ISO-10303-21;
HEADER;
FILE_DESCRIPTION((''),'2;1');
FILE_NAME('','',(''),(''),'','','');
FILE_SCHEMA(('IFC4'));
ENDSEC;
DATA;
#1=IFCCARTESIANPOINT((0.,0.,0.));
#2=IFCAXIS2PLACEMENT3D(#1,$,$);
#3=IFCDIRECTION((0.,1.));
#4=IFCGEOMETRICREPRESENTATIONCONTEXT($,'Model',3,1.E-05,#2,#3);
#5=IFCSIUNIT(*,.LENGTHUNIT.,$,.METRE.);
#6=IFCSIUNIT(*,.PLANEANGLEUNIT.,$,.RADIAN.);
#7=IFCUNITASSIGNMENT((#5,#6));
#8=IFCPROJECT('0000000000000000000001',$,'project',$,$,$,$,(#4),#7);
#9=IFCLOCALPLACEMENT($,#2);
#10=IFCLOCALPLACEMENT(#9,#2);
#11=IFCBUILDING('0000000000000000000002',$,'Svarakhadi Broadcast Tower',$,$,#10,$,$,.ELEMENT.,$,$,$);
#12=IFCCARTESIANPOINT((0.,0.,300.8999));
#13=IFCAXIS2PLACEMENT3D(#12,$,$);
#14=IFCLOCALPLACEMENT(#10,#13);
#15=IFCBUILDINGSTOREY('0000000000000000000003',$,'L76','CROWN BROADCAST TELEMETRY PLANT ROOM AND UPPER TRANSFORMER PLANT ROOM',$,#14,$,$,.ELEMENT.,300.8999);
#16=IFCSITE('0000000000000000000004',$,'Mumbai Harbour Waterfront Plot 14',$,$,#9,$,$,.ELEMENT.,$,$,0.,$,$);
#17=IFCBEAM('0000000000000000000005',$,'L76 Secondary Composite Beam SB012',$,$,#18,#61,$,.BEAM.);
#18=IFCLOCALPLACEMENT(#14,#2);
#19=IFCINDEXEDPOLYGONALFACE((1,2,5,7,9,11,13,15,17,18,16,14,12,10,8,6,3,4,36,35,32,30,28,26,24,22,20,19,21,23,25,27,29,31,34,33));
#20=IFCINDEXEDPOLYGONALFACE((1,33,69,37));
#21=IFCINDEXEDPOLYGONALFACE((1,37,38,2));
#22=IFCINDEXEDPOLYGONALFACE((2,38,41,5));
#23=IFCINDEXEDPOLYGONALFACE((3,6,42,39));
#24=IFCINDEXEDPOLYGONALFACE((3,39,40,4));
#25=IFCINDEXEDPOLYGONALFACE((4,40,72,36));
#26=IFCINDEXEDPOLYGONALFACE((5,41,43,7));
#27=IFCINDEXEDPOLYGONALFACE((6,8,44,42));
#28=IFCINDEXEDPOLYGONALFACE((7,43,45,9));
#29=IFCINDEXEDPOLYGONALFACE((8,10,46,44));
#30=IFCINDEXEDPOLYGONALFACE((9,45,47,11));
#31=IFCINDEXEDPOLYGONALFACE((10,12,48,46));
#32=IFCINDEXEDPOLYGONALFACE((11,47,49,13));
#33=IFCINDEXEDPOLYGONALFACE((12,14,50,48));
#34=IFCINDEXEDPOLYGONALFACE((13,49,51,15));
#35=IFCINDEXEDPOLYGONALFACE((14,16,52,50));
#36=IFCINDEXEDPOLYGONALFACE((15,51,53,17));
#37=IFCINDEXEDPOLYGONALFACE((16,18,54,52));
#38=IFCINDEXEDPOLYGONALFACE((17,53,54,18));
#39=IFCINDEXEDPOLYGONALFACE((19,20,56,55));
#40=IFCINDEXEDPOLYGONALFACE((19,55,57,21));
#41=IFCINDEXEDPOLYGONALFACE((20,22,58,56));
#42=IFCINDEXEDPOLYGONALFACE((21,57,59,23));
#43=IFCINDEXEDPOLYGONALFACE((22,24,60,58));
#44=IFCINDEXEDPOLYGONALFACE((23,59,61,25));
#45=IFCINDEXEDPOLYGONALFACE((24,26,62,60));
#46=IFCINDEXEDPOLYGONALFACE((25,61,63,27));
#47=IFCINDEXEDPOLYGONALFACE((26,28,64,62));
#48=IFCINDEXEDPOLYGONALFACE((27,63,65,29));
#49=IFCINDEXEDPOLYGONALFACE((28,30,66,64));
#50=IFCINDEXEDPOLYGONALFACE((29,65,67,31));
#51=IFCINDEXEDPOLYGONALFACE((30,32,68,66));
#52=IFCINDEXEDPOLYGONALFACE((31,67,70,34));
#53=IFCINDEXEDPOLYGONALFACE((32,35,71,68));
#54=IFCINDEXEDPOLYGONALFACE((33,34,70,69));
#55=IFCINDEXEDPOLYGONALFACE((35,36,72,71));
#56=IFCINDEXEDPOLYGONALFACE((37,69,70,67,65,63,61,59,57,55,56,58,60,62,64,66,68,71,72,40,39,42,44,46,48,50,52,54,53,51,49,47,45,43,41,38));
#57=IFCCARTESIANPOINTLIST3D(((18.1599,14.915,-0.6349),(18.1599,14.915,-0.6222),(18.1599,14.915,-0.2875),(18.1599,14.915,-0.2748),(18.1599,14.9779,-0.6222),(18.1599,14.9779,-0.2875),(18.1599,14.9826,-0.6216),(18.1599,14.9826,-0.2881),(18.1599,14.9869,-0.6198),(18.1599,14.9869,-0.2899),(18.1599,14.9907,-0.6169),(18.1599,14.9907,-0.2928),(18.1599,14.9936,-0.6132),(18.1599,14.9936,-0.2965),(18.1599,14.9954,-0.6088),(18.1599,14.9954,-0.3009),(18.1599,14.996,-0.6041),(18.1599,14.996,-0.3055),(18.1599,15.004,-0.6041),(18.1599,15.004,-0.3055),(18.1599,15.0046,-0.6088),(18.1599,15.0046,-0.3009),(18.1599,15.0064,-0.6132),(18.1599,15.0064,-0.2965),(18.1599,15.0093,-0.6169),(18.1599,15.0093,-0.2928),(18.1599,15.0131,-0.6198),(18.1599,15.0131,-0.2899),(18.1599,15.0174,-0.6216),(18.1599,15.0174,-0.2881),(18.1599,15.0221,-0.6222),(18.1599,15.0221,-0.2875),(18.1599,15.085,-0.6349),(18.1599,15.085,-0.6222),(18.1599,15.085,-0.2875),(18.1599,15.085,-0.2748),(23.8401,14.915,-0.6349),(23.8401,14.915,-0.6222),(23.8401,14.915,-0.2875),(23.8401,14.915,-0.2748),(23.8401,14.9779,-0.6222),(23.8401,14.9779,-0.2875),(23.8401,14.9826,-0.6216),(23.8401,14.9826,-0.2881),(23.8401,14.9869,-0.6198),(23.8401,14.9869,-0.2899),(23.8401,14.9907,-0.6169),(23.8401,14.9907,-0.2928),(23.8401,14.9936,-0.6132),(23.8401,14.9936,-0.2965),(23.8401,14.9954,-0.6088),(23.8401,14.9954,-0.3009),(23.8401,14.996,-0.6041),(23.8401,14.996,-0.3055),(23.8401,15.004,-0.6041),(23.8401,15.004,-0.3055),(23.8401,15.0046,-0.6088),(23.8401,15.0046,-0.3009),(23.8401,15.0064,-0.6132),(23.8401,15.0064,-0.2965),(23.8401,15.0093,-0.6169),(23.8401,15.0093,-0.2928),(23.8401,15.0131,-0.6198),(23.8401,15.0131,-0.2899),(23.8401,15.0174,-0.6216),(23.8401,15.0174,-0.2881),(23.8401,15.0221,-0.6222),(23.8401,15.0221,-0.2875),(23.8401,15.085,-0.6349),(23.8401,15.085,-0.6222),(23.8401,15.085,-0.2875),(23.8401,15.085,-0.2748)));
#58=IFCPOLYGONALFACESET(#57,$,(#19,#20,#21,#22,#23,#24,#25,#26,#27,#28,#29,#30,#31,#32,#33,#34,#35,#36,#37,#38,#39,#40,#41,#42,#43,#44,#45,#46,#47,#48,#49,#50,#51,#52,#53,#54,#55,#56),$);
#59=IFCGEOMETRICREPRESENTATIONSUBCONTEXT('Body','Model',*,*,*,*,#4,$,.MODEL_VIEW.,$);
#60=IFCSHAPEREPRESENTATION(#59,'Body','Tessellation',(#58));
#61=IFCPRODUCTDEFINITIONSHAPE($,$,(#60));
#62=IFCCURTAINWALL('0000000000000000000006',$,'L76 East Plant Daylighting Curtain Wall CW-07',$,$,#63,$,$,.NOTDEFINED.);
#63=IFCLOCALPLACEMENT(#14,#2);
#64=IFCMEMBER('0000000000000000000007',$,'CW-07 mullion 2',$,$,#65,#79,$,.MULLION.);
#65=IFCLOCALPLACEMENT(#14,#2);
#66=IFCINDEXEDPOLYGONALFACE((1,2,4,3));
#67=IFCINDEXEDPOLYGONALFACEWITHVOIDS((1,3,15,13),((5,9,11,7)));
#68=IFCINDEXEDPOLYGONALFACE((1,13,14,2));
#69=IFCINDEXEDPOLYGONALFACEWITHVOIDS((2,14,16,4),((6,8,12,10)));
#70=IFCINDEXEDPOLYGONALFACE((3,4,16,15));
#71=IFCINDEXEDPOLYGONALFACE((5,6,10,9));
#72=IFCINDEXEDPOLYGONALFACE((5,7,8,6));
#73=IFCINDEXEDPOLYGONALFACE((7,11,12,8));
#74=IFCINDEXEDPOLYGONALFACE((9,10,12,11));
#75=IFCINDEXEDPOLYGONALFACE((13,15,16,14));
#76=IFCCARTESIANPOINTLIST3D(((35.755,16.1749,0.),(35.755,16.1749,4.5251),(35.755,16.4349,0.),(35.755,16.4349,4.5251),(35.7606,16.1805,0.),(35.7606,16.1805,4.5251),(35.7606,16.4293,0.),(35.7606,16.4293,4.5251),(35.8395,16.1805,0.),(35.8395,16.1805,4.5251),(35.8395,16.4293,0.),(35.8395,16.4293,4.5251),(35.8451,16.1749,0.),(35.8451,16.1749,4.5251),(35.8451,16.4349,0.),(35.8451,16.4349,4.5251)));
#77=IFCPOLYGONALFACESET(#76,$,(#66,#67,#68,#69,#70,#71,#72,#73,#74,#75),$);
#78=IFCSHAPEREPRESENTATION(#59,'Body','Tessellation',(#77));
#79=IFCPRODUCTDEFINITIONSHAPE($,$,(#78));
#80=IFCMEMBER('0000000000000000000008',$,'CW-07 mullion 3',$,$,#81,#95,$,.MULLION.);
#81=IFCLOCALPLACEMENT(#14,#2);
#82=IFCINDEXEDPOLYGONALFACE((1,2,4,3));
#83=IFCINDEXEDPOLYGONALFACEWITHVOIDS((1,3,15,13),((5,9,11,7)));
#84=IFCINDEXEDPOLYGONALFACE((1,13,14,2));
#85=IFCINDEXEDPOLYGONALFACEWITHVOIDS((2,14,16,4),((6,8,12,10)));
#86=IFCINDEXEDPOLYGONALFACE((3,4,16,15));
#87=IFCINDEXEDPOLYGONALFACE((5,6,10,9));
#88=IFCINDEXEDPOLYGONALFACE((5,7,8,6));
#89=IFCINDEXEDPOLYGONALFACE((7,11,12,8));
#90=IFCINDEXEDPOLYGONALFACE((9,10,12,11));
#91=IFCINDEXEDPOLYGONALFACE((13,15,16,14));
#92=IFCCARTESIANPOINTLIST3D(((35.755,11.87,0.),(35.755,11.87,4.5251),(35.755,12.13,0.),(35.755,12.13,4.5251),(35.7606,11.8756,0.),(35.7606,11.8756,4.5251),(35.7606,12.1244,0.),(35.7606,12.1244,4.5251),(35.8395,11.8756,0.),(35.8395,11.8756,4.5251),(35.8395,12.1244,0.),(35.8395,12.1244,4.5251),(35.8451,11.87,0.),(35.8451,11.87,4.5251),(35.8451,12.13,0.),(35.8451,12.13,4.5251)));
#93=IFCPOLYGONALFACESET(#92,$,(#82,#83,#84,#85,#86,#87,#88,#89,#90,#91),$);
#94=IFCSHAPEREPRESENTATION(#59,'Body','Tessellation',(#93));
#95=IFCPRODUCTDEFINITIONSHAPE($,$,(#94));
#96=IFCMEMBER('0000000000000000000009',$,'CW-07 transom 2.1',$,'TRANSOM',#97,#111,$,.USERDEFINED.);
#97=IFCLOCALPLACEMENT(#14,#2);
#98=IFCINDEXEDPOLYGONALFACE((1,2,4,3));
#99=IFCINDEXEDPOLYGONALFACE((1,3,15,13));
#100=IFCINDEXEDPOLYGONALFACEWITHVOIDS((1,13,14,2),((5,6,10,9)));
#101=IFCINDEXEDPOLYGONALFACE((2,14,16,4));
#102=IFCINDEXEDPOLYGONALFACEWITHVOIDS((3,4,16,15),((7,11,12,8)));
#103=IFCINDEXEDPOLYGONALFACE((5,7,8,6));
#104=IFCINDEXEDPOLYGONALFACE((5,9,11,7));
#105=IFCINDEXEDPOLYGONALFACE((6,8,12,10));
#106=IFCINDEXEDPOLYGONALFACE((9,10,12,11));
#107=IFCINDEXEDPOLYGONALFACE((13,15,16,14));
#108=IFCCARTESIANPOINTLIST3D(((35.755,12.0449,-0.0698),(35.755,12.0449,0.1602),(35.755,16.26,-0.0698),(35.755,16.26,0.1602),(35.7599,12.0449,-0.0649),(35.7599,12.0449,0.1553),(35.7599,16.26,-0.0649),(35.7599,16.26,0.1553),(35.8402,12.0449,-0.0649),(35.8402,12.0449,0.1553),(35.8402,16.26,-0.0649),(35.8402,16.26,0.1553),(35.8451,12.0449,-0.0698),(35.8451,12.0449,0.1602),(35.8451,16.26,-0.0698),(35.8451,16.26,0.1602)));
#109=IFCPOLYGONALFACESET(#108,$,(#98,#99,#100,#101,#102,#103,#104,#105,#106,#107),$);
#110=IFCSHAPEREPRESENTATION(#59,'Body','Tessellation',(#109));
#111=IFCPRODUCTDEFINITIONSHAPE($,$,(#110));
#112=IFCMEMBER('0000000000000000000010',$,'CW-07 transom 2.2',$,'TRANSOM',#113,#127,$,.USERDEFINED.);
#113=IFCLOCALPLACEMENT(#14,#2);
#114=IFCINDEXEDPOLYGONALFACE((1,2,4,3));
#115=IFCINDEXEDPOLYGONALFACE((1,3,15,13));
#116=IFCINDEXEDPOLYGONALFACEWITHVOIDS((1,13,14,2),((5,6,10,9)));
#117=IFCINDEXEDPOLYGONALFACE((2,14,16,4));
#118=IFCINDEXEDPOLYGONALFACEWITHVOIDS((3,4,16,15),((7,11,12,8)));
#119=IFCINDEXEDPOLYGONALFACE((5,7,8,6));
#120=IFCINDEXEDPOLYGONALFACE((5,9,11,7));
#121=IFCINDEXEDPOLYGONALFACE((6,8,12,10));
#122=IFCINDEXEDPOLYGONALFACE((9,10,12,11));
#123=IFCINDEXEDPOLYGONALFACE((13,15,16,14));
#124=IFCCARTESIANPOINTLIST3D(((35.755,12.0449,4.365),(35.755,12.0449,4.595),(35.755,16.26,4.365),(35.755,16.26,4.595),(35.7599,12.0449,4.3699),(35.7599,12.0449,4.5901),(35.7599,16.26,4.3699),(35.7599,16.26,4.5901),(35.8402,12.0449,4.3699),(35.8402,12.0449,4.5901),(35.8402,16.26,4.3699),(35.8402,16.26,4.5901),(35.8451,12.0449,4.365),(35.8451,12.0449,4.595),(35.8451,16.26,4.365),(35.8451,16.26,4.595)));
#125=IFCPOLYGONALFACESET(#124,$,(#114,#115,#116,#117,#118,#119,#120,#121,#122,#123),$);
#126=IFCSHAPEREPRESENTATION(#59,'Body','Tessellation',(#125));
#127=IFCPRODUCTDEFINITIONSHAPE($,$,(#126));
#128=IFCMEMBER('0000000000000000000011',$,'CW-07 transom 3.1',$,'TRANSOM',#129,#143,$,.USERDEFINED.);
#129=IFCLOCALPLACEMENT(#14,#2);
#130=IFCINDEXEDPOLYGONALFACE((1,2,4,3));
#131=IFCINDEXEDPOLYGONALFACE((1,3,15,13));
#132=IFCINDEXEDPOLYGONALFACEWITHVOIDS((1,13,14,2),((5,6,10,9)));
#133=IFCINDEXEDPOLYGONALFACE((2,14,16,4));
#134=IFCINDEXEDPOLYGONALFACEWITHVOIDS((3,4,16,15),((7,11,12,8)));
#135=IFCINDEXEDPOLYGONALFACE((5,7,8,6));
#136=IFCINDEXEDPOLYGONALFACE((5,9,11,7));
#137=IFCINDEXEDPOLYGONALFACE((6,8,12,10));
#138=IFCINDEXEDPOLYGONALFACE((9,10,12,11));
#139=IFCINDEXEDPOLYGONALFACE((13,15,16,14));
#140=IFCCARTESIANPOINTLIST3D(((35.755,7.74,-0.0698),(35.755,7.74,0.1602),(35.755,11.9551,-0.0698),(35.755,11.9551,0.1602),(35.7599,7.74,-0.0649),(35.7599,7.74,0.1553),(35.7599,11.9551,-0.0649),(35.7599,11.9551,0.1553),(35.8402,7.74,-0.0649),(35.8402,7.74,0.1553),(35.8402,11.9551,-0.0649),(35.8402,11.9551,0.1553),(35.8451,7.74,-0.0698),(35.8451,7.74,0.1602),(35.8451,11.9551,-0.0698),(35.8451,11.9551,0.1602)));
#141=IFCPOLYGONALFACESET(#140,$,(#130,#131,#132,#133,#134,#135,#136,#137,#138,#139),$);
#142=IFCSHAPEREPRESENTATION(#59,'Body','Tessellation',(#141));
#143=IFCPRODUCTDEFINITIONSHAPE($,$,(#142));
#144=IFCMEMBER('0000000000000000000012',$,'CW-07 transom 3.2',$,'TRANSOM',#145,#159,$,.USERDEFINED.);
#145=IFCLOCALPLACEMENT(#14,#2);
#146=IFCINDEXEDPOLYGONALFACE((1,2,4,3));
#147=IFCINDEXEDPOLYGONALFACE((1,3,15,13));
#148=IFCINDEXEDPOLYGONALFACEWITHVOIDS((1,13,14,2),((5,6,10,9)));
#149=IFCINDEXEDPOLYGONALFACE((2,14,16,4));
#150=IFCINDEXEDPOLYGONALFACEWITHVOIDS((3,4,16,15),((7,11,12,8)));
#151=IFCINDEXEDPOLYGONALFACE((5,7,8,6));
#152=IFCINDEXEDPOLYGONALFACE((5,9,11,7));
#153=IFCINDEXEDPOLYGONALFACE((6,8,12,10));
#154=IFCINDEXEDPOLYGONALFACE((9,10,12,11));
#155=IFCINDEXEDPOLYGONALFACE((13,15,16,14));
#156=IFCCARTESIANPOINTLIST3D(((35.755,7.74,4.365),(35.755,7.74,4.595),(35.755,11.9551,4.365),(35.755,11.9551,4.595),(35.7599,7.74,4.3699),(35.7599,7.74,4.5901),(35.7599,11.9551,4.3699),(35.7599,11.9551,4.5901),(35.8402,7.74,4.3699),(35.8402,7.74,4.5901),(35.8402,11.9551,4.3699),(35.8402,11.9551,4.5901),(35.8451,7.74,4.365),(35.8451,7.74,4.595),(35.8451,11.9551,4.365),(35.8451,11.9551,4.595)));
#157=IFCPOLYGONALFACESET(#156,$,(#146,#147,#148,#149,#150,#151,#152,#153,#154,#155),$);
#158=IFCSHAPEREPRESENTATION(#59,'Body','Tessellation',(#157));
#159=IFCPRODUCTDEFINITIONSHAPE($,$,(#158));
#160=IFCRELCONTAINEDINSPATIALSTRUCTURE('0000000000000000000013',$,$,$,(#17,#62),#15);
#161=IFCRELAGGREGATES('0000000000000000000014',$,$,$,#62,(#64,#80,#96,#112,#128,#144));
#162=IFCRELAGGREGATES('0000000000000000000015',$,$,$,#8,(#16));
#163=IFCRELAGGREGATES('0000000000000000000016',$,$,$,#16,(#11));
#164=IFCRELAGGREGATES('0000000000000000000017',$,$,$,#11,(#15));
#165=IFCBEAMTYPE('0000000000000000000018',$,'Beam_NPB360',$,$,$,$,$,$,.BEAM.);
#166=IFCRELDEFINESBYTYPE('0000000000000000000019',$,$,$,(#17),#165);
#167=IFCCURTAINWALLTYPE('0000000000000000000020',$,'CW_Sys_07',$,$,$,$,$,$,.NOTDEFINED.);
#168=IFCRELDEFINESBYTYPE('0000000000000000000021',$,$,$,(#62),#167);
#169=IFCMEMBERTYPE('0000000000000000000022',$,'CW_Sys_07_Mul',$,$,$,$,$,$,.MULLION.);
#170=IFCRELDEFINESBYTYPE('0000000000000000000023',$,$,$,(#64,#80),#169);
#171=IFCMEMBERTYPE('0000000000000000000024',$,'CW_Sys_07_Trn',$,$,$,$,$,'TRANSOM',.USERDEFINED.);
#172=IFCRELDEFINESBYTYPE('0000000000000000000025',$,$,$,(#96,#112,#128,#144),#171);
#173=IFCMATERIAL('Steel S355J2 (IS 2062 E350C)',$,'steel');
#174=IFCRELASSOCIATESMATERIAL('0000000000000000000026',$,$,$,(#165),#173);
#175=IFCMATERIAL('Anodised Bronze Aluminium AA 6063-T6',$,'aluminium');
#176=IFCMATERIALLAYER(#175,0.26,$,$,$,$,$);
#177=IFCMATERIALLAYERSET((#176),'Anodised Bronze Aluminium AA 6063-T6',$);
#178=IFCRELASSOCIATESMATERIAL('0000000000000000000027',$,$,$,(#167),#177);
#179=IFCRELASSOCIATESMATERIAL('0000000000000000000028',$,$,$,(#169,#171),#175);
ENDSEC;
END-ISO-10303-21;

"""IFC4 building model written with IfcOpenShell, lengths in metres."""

from ifc_helpers import new_model, si_unit, direction, frame, origin, origin_2d, place, context, subcontext, project, spatial, hollow_rectangle, i_section, extrude, material, layer, layer_set, material_profile, profile_set, type_object, element, aggregate, save


model = new_model("IFC4")

# Units and contexts
model_context = context("Model", 3, precision=1e-05, world=origin(), true_north=direction((0.0, 1.0)))
body_context = subcontext(model_context, "Body", "Model", "MODEL_VIEW")
ifc_project = project(units=[si_unit("LENGTHUNIT", "METRE"), si_unit("PLANEANGLEUNIT", "RADIAN")], contexts=[model_context])

# Site, building, storey
site_placement = place(None, origin())
site = spatial("IfcSite", under=ifc_project, at=site_placement, Name="Mumbai Harbour Waterfront Plot 14", CompositionType="ELEMENT", RefElevation=0.0)
building_placement = place(site_placement, origin())
building = spatial("IfcBuilding", under=site, at=building_placement, Name="Svarakhadi Broadcast Tower", CompositionType="ELEMENT")
storey_placement = place(building_placement, frame((0.0, 0.0, 300.8999)))
storey = spatial("IfcBuildingStorey", under=building, at=storey_placement, Name="L76", Description="CROWN BROADCAST TELEMETRY PLANT ROOM AND UPPER TRANSFORMER PLANT ROOM", CompositionType="ELEMENT", Elevation=300.8999)

# Beam
ifc_material_1 = material(Name="Steel S355J2 (IS 2062 E350C)", Category="steel")
ifc_material_profile_1 = material_profile(ifc_material_1, i_section(OverallWidth=0.1699, OverallDepth=0.3601, WebThickness=0.0081, FlangeThickness=0.0127, FilletRadius=0.0181, at=origin_2d()), Name="NPB 360x170x57")
ifc_profile_set_1 = profile_set([ifc_material_profile_1], Name="Steel S355J2 (IS 2062 E350C)")
beam_type_1 = type_object("IfcBeamType", Name="Beam_NPB360", PredefinedType="BEAM", material=ifc_profile_set_1)
beam_1_placement = place(storey_placement, frame((18.1599, 15.0, -0.4548), z_axis=(1.0, 0.0, 0.0), x_axis=(0.0, 1.0, 0.0)))
element("IfcBeam", 1, at=beam_1_placement, inside=storey, type_object=beam_type_1, Name="L76 Secondary Composite Beam SB012", PredefinedType="BEAM", context=body_context, shape_type="SweptSolid", body=[
    extrude(i_section(OverallWidth=0.1699, OverallDepth=0.3601, WebThickness=0.0081, FlangeThickness=0.0127, FilletRadius=0.0181, at=origin_2d()), origin(), (0.0, 0.0, 1.0), 5.6802),
])

# Curtain wall, members
ifc_material_2 = material(Name="Anodised Bronze Aluminium AA 6063-T6", Category="aluminium")
ifc_layer_1 = layer(ifc_material_2, 0.26)
ifc_layer_set_1 = layer_set([ifc_layer_1], Name="Anodised Bronze Aluminium AA 6063-T6")
curtain_wall_type = type_object("IfcCurtainWallType", Name="CW_Sys_07", PredefinedType="NOTDEFINED", material=ifc_layer_set_1)
curtain_wall_placement = place(storey_placement, origin())
curtain_wall = element("IfcCurtainWall", 2, at=curtain_wall_placement, inside=storey, type_object=curtain_wall_type, Name="L76 East Plant Daylighting Curtain Wall CW-07", PredefinedType="NOTDEFINED")
ifc_material_profile_2 = material_profile(ifc_material_2, hollow_rectangle(XDim=0.0901, YDim=0.26, WallThickness=0.0056, at=origin_2d()), Name="ALU MULLION 260x90x6")
ifc_profile_set_2 = profile_set([ifc_material_profile_2], Name="Anodised Bronze Aluminium AA 6063-T6")
member_type_1 = type_object("IfcMemberType", Name="CW_Sys_07_Mul", PredefinedType="MULLION", material=ifc_profile_set_2)
member_1_placement = place(storey_placement, frame((35.8, 16.3049, 0.0), z_axis=(0.0, 0.0, 1.0), x_axis=(1.0, 0.0, 0.0)))
member_1 = element("IfcMember", 3, at=member_1_placement, type_object=member_type_1, Name="CW-07 mullion 2", PredefinedType="MULLION", context=body_context, shape_type="SweptSolid", body=[
    extrude(hollow_rectangle(XDim=0.0901, YDim=0.26, WallThickness=0.0056, at=origin_2d()), origin(), (0.0, 0.0, 1.0), 4.5251),
])
member_2_placement = place(storey_placement, frame((35.8, 12.0, 0.0), z_axis=(0.0, 0.0, 1.0), x_axis=(1.0, 0.0, 0.0)))
member_2 = element("IfcMember", 4, at=member_2_placement, type_object=member_type_1, Name="CW-07 mullion 3", PredefinedType="MULLION", context=body_context, shape_type="SweptSolid", body=[
    extrude(hollow_rectangle(XDim=0.0901, YDim=0.26, WallThickness=0.0056, at=origin_2d()), origin(), (0.0, 0.0, 1.0), 4.5251),
])
ifc_material_profile_3 = material_profile(ifc_material_2, hollow_rectangle(XDim=0.0901, YDim=0.23, WallThickness=0.0049, at=origin_2d()), Name="ALU TRANSOM 230x90x5")
ifc_profile_set_3 = profile_set([ifc_material_profile_3], Name="Anodised Bronze Aluminium AA 6063-T6")
member_type_2 = type_object("IfcMemberType", Name="CW_Sys_07_Trn", ElementType="TRANSOM", PredefinedType="USERDEFINED", material=ifc_profile_set_3)
member_3_placement = place(storey_placement, frame((35.8, 16.26, 0.0452), z_axis=(0.0, -1.0, 0.0), x_axis=(1.0, 0.0, 0.0)))
member_3 = element("IfcMember", 5, at=member_3_placement, type_object=member_type_2, Name="CW-07 transom 2.1", ObjectType="TRANSOM", PredefinedType="USERDEFINED", context=body_context, shape_type="SweptSolid", body=[
    extrude(hollow_rectangle(XDim=0.0901, YDim=0.23, WallThickness=0.0049, at=origin_2d()), origin(), (0.0, 0.0, 1.0), 4.2151),
])
member_4_placement = place(storey_placement, frame((35.8, 16.26, 4.48), z_axis=(0.0, -1.0, 0.0), x_axis=(1.0, 0.0, 0.0)))
member_4 = element("IfcMember", 6, at=member_4_placement, type_object=member_type_2, Name="CW-07 transom 2.2", ObjectType="TRANSOM", PredefinedType="USERDEFINED", context=body_context, shape_type="SweptSolid", body=[
    extrude(hollow_rectangle(XDim=0.0901, YDim=0.23, WallThickness=0.0049, at=origin_2d()), origin(), (0.0, 0.0, 1.0), 4.2151),
])
member_5_placement = place(storey_placement, frame((35.8, 11.9551, 0.0452), z_axis=(0.0, -1.0, 0.0), x_axis=(1.0, 0.0, 0.0)))
member_5 = element("IfcMember", 7, at=member_5_placement, type_object=member_type_2, Name="CW-07 transom 3.1", ObjectType="TRANSOM", PredefinedType="USERDEFINED", context=body_context, shape_type="SweptSolid", body=[
    extrude(hollow_rectangle(XDim=0.0901, YDim=0.23, WallThickness=0.0049, at=origin_2d()), origin(), (0.0, 0.0, 1.0), 4.2151),
])
member_6_placement = place(storey_placement, frame((35.8, 11.9551, 4.48), z_axis=(0.0, -1.0, 0.0), x_axis=(1.0, 0.0, 0.0)))
member_6 = element("IfcMember", 8, at=member_6_placement, type_object=member_type_2, Name="CW-07 transom 3.2", ObjectType="TRANSOM", PredefinedType="USERDEFINED", context=body_context, shape_type="SweptSolid", body=[
    extrude(hollow_rectangle(XDim=0.0901, YDim=0.23, WallThickness=0.0049, at=origin_2d()), origin(), (0.0, 0.0, 1.0), 4.2151),
])

aggregate(curtain_wall, [member_1, member_2, member_3, member_4, member_5, member_6])

save(model, "model.ifc")
